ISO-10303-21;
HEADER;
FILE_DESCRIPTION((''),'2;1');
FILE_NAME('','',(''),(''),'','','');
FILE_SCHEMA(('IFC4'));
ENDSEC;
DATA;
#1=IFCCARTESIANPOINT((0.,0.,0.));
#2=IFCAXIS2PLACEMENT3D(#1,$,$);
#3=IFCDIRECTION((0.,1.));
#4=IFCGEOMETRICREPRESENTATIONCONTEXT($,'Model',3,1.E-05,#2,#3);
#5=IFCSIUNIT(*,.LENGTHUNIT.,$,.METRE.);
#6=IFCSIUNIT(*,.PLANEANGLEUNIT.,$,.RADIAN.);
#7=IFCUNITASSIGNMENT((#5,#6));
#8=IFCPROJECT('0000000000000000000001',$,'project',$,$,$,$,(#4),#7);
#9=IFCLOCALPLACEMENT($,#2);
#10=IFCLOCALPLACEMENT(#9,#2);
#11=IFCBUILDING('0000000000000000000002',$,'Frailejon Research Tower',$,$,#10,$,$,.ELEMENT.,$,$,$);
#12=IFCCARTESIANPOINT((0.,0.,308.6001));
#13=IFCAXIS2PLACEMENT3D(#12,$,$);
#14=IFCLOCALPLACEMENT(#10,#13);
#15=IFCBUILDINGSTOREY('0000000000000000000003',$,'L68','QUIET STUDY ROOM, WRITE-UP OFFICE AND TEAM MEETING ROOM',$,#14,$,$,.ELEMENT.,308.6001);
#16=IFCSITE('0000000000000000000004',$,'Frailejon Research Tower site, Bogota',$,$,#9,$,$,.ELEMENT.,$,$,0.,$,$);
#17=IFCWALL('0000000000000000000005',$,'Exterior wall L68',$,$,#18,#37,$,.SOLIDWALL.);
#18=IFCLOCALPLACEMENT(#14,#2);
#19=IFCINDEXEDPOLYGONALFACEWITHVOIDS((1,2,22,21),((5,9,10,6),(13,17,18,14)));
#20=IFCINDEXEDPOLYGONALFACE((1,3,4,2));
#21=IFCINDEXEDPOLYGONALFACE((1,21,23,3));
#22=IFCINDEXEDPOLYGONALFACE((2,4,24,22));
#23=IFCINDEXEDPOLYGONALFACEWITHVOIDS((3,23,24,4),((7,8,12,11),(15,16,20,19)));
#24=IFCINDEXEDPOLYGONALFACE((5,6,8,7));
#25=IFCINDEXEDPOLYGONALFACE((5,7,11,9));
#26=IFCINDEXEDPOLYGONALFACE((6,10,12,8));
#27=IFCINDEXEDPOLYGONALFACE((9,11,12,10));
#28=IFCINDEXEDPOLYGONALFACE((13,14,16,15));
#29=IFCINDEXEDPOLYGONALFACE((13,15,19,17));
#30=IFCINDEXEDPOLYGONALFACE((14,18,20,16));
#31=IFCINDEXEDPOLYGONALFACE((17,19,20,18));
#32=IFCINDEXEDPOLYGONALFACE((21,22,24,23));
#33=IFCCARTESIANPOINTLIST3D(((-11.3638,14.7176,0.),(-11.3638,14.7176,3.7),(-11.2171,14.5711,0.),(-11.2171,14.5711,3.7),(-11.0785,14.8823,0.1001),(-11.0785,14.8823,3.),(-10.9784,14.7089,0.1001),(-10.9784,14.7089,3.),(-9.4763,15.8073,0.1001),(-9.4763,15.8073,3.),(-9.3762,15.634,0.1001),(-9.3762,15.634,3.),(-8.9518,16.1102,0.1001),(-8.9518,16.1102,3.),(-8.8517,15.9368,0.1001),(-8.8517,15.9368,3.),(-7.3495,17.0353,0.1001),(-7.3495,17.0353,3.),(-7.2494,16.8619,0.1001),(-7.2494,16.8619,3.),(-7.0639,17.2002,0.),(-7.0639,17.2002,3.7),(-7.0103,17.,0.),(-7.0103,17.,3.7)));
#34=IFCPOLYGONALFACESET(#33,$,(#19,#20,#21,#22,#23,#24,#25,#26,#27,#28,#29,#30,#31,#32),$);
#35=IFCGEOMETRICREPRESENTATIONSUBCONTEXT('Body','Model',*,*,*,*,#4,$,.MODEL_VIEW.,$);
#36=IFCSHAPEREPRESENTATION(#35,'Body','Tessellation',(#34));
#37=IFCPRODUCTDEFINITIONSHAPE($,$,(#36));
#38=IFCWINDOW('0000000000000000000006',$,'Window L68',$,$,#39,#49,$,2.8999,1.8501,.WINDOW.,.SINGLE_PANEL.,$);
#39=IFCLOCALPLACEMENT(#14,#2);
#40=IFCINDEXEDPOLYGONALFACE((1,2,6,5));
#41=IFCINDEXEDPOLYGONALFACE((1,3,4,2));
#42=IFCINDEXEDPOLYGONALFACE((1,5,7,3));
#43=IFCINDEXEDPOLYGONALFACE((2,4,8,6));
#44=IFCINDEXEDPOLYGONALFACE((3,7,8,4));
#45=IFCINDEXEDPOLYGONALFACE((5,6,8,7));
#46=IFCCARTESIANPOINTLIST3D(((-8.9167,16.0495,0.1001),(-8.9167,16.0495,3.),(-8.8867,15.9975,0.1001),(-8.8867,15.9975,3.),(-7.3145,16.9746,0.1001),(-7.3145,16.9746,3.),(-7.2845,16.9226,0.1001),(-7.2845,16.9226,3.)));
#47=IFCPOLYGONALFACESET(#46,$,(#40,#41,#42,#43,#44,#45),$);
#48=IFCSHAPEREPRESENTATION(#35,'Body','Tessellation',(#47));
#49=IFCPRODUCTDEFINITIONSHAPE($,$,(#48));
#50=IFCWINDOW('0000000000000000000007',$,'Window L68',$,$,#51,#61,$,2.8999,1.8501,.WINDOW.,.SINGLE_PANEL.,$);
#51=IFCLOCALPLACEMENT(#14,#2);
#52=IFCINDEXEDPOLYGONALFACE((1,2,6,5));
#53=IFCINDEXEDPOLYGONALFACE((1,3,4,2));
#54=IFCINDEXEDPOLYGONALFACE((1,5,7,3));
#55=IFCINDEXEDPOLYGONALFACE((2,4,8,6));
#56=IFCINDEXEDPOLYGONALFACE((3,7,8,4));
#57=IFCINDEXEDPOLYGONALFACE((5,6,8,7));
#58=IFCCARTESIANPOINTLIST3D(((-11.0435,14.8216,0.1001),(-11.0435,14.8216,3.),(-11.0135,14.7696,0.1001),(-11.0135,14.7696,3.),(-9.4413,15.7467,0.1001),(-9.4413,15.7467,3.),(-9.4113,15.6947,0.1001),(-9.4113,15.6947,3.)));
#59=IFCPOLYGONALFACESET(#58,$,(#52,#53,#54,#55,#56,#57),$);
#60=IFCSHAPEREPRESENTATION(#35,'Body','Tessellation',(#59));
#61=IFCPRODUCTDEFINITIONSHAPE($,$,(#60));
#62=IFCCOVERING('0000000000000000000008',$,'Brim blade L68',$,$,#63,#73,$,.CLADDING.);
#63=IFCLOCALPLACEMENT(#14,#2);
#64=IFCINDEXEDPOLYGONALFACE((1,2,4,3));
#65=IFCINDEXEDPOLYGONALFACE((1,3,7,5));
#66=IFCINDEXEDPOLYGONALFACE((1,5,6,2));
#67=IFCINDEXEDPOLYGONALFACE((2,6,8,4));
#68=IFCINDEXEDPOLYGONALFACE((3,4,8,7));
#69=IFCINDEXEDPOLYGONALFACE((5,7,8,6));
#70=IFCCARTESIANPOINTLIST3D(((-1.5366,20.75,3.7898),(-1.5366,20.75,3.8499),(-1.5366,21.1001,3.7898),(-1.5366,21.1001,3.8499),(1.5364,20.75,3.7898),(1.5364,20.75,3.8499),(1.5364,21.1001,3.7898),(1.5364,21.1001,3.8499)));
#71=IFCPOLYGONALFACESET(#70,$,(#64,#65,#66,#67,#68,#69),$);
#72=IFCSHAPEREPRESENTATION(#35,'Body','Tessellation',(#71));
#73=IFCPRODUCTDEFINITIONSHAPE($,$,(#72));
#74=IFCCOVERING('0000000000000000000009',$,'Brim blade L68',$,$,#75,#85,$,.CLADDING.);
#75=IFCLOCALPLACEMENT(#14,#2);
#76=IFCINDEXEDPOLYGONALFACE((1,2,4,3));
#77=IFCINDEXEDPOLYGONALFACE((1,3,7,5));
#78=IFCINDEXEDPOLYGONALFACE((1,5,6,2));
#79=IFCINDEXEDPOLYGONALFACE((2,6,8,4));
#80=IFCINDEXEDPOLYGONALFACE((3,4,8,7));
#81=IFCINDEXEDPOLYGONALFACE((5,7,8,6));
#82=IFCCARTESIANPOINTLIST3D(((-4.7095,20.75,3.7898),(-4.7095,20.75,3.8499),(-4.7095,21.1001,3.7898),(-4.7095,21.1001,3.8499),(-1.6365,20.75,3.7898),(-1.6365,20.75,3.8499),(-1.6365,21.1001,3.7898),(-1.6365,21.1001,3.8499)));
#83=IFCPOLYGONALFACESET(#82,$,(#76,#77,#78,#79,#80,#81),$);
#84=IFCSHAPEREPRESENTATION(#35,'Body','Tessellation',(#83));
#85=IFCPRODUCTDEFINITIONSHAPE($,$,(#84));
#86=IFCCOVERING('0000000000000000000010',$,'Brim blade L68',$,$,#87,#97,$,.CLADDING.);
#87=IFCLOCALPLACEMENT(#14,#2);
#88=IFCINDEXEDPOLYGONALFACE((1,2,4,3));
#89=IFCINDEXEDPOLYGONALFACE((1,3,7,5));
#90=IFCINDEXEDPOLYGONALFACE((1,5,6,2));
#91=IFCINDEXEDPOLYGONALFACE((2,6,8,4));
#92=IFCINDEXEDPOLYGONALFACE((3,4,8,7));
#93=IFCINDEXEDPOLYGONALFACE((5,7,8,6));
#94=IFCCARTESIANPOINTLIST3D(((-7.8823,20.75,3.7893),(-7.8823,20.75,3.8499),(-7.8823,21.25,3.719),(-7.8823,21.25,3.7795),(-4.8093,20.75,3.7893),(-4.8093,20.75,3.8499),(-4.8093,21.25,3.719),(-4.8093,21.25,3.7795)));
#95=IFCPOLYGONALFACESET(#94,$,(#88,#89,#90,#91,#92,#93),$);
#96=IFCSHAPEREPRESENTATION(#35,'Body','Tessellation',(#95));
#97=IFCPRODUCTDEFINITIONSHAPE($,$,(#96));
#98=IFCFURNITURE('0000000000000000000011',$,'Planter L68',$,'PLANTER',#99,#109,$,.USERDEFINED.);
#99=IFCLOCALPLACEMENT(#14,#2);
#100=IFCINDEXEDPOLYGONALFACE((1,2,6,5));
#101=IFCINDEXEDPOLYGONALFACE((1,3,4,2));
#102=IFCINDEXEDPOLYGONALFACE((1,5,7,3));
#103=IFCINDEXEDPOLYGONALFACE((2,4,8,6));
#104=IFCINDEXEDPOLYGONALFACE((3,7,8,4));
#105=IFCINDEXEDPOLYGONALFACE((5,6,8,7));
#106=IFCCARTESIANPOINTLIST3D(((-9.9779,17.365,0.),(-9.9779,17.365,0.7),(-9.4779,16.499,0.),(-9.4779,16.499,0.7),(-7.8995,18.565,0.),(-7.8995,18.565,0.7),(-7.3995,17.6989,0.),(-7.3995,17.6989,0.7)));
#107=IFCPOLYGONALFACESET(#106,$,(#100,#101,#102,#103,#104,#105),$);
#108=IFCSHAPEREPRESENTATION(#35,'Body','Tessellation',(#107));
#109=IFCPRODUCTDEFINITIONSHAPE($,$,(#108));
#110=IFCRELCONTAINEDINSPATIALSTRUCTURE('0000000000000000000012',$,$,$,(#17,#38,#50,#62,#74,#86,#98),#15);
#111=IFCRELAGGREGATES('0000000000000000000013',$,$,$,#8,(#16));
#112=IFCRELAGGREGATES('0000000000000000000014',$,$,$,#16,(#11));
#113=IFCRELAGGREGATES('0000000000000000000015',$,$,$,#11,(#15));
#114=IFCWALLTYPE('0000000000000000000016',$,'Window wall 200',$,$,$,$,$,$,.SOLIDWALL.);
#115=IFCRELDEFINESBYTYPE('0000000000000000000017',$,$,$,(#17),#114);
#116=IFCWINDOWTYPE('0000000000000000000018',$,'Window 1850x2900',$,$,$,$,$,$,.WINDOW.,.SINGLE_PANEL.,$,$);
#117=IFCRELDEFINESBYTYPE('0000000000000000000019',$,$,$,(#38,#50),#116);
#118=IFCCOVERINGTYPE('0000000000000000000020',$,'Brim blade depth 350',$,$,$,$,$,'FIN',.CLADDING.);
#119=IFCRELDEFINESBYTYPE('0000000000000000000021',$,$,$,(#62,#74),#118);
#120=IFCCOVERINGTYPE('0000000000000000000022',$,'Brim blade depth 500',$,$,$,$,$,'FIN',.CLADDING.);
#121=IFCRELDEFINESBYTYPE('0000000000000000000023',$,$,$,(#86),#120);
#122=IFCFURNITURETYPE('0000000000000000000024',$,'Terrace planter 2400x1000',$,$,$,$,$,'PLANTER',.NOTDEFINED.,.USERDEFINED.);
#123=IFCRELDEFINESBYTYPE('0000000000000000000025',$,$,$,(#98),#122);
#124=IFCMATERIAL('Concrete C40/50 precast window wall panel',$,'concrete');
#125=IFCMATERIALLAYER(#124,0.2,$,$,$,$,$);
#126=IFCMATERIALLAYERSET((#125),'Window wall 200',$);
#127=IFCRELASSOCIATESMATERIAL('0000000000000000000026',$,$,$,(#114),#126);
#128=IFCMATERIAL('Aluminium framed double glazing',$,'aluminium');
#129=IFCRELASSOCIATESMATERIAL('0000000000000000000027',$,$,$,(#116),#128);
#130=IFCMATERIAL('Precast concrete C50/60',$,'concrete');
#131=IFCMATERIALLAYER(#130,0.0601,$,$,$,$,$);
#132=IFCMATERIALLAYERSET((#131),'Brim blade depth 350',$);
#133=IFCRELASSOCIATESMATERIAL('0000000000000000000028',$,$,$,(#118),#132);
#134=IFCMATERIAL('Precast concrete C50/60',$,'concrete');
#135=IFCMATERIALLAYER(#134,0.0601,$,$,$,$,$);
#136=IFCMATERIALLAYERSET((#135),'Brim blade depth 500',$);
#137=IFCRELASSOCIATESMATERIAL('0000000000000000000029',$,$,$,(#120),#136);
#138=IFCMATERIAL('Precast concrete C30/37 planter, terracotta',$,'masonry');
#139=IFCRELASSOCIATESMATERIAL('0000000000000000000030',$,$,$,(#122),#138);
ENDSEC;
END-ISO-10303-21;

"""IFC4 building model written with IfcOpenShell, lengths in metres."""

from ifc_helpers import new_model, si_unit, direction, frame, frame_2d, origin, origin_2d, place, context, subcontext, project, spatial, polyline, rectangle, outline, extrude, material, layer, layer_set, type_object, element, fill, save


model = new_model("IFC4")

# Units and contexts
model_context = context("Model", 3, precision=1e-05, world=origin(), true_north=direction((0.0, 1.0)))
body_context = subcontext(model_context, "Body", "Model", "MODEL_VIEW")
ifc_project = project(units=[si_unit("LENGTHUNIT", "METRE"), si_unit("PLANEANGLEUNIT", "RADIAN")], contexts=[model_context])

# Site, building, storey
site_placement = place(None, origin())
site = spatial("IfcSite", under=ifc_project, at=site_placement, Name="Frailejon Research Tower site, Bogota", CompositionType="ELEMENT", RefElevation=0.0)
building_placement = place(site_placement, origin())
building = spatial("IfcBuilding", under=site, at=building_placement, Name="Frailejon Research Tower", CompositionType="ELEMENT")
storey_placement = place(building_placement, frame((0.0, 0.0, 308.6001)))
storey = spatial("IfcBuildingStorey", under=building, at=storey_placement, Name="L68", Description="QUIET STUDY ROOM, WRITE-UP OFFICE AND TEAM MEETING ROOM", CompositionType="ELEMENT", Elevation=308.6001)

# Wall, openings, windows
ifc_material_1 = material(Name="Concrete C40/50 precast window wall panel", Category="concrete")
ifc_layer_1 = layer(ifc_material_1, 0.2)
ifc_layer_set_1 = layer_set([ifc_layer_1], Name="Window wall 200")
wall_type_1 = type_object("IfcWallType", Name="Window wall 200", PredefinedType="SOLIDWALL", material=ifc_layer_set_1)
wall_1_placement = place(storey_placement, frame((-7.0371, 17.1001, 0.0), z_axis=(0.0, 0.0, 1.0), x_axis=(-0.866017, -0.500015, 0.0)))
wall_1 = element("IfcWall", 1, at=wall_1_placement, inside=storey, type_object=wall_type_1, Name="Exterior wall L68", PredefinedType="SOLIDWALL", context=body_context, shape_type="SweptSolid", body=[
    extrude(outline(polyline([(-0.0269, -0.1001), (1.2144, -0.1001), (2.4556, -0.1001), (3.697, -0.1001), (4.9382, -0.1001), (4.8845, 0.1001), (3.6702, 0.1001), (2.4556, 0.1001), (1.2412, 0.1001), (0.0269, 0.1001), (-0.0269, -0.1001)])), origin(), (0.0, 0.0, 1.0), 3.7),
])
opening_1_placement = place(wall_1_placement, frame((0.303, 0.0, 0.1001)))
opening_1 = element("IfcOpeningElement", 2, at=opening_1_placement, cuts=wall_1, PredefinedType="OPENING", context=body_context, shape_type="SweptSolid", body=[
    extrude(rectangle(XDim=1.8501, YDim=2.8999, at=frame_2d((0.925, 1.45))), frame((0.0, 0.1099, 0.0), z_axis=(0.0, -1.0, 0.0), x_axis=(1.0, 0.0, 0.0)), (0.0, 0.0, 1.0), 0.22),
])
opening_2_placement = place(wall_1_placement, frame((2.7588, 0.0, 0.1001)))
opening_2 = element("IfcOpeningElement", 3, at=opening_2_placement, cuts=wall_1, PredefinedType="OPENING", context=body_context, shape_type="SweptSolid", body=[
    extrude(rectangle(XDim=1.8501, YDim=2.8999, at=frame_2d((0.925, 1.45))), frame((0.0, 0.1099, 0.0), z_axis=(0.0, -1.0, 0.0), x_axis=(1.0, 0.0, 0.0)), (0.0, 0.0, 1.0), 0.22),
])
ifc_material_2 = material(Name="Aluminium framed double glazing", Category="aluminium")
window_type = type_object("IfcWindowType", Name="Window 1850x2900", PartitioningType="SINGLE_PANEL", PredefinedType="WINDOW", material=ifc_material_2)
window_1_placement = place(opening_1_placement, origin())
window_1 = element("IfcWindow", 4, at=window_1_placement, inside=storey, type_object=window_type, Name="Window L68", OverallHeight=2.8999, OverallWidth=1.8501, PartitioningType="SINGLE_PANEL", PredefinedType="WINDOW", context=body_context, shape_type="SweptSolid", body=[
    extrude(rectangle(XDim=1.8501, YDim=2.8999, at=frame_2d((0.925, 1.45))), frame((0.0, 0.03, 0.0), z_axis=(0.0, -1.0, 0.0), x_axis=(1.0, 0.0, 0.0)), (0.0, 0.0, 1.0), 0.0601),
])
fill(opening_1, window_1)
window_2_placement = place(opening_2_placement, origin())
window_2 = element("IfcWindow", 5, at=window_2_placement, inside=storey, type_object=window_type, Name="Window L68", OverallHeight=2.8999, OverallWidth=1.8501, PartitioningType="SINGLE_PANEL", PredefinedType="WINDOW", context=body_context, shape_type="SweptSolid", body=[
    extrude(rectangle(XDim=1.8501, YDim=2.8999, at=frame_2d((0.925, 1.45))), frame((0.0, 0.03, 0.0), z_axis=(0.0, -1.0, 0.0), x_axis=(1.0, 0.0, 0.0)), (0.0, 0.0, 1.0), 0.0601),
])
fill(opening_2, window_2)

# Coverings
ifc_material_3 = material(Name="Precast concrete C50/60", Category="concrete")
ifc_layer_2 = layer(ifc_material_3, 0.0601)
ifc_layer_set_2 = layer_set([ifc_layer_2], Name="Brim blade depth 350")
covering_type_1 = type_object("IfcCoveringType", Name="Brim blade depth 350", ElementType="FIN", PredefinedType="CLADDING", material=ifc_layer_set_2)
for number, where, z_axis, x_axis, name in (
    (6, (-1.5366, 20.75, 3.8499), (1.0, 0.0, 0.0), (0.0, 1.0, 0.0), "Brim blade L68"),
    (7, (-4.7095, 20.75, 3.8499), (1.0, 0.0, 0.0), (0.0, 1.0, 0.0), "Brim blade L68"),
):
    element("IfcCovering", number, at=place(storey_placement, frame(where, z_axis=z_axis, x_axis=x_axis)), inside=storey, type_object=covering_type_1, Name=name, PredefinedType="CLADDING", context=body_context, shape_type="SweptSolid", body=[
        extrude(outline(polyline([(0.0, -0.0601), (0.3501, -0.0601), (0.3501, 0.0), (0.0, 0.0), (0.0, -0.0601)])), origin(), (0.0, 0.0, 1.0), 3.073),
    ])
ifc_material_4 = material(Name="Precast concrete C50/60", Category="concrete")
ifc_layer_3 = layer(ifc_material_4, 0.0601)
ifc_layer_set_3 = layer_set([ifc_layer_3], Name="Brim blade depth 500")
covering_type_2 = type_object("IfcCoveringType", Name="Brim blade depth 500", ElementType="FIN", PredefinedType="CLADDING", material=ifc_layer_set_3)
covering_placement = place(storey_placement, frame((-7.8823, 20.75, 3.8499), z_axis=(1.0, 0.0, 0.0), x_axis=(0.0, 1.0, 0.0)))
element("IfcCovering", 8, at=covering_placement, inside=storey, type_object=covering_type_2, Name="Brim blade L68", PredefinedType="CLADDING", context=body_context, shape_type="SweptSolid", body=[
    extrude(outline(polyline([(0.0, -0.0605), (0.5, -0.1309), (0.5, -0.0703), (0.0, 0.0), (0.0, -0.0605)])), origin(), (0.0, 0.0, 1.0), 3.073),
])

# Furniture
ifc_material_5 = material(Name="Precast concrete C30/37 planter, terracotta", Category="masonry")
furniture_type = type_object("IfcFurnitureType", Name="Terrace planter 2400x1000", ElementType="PLANTER", AssemblyPlace="NOTDEFINED", PredefinedType="USERDEFINED", material=ifc_material_5)
furniture_placement = place(storey_placement, frame((-8.6887, 17.532, 0.0), z_axis=(0.0, 0.0, 1.0), x_axis=(-0.866025, -0.5, 0.0)))
element("IfcFurniture", 9, at=furniture_placement, inside=storey, type_object=furniture_type, Name="Planter L68", ObjectType="PLANTER", PredefinedType="USERDEFINED", context=body_context, shape_type="SweptSolid", body=[
    extrude(rectangle(XDim=2.3999, YDim=1.0, at=origin_2d()), origin(), (0.0, 0.0, 1.0), 0.7),
])

save(model, "model.ifc")
